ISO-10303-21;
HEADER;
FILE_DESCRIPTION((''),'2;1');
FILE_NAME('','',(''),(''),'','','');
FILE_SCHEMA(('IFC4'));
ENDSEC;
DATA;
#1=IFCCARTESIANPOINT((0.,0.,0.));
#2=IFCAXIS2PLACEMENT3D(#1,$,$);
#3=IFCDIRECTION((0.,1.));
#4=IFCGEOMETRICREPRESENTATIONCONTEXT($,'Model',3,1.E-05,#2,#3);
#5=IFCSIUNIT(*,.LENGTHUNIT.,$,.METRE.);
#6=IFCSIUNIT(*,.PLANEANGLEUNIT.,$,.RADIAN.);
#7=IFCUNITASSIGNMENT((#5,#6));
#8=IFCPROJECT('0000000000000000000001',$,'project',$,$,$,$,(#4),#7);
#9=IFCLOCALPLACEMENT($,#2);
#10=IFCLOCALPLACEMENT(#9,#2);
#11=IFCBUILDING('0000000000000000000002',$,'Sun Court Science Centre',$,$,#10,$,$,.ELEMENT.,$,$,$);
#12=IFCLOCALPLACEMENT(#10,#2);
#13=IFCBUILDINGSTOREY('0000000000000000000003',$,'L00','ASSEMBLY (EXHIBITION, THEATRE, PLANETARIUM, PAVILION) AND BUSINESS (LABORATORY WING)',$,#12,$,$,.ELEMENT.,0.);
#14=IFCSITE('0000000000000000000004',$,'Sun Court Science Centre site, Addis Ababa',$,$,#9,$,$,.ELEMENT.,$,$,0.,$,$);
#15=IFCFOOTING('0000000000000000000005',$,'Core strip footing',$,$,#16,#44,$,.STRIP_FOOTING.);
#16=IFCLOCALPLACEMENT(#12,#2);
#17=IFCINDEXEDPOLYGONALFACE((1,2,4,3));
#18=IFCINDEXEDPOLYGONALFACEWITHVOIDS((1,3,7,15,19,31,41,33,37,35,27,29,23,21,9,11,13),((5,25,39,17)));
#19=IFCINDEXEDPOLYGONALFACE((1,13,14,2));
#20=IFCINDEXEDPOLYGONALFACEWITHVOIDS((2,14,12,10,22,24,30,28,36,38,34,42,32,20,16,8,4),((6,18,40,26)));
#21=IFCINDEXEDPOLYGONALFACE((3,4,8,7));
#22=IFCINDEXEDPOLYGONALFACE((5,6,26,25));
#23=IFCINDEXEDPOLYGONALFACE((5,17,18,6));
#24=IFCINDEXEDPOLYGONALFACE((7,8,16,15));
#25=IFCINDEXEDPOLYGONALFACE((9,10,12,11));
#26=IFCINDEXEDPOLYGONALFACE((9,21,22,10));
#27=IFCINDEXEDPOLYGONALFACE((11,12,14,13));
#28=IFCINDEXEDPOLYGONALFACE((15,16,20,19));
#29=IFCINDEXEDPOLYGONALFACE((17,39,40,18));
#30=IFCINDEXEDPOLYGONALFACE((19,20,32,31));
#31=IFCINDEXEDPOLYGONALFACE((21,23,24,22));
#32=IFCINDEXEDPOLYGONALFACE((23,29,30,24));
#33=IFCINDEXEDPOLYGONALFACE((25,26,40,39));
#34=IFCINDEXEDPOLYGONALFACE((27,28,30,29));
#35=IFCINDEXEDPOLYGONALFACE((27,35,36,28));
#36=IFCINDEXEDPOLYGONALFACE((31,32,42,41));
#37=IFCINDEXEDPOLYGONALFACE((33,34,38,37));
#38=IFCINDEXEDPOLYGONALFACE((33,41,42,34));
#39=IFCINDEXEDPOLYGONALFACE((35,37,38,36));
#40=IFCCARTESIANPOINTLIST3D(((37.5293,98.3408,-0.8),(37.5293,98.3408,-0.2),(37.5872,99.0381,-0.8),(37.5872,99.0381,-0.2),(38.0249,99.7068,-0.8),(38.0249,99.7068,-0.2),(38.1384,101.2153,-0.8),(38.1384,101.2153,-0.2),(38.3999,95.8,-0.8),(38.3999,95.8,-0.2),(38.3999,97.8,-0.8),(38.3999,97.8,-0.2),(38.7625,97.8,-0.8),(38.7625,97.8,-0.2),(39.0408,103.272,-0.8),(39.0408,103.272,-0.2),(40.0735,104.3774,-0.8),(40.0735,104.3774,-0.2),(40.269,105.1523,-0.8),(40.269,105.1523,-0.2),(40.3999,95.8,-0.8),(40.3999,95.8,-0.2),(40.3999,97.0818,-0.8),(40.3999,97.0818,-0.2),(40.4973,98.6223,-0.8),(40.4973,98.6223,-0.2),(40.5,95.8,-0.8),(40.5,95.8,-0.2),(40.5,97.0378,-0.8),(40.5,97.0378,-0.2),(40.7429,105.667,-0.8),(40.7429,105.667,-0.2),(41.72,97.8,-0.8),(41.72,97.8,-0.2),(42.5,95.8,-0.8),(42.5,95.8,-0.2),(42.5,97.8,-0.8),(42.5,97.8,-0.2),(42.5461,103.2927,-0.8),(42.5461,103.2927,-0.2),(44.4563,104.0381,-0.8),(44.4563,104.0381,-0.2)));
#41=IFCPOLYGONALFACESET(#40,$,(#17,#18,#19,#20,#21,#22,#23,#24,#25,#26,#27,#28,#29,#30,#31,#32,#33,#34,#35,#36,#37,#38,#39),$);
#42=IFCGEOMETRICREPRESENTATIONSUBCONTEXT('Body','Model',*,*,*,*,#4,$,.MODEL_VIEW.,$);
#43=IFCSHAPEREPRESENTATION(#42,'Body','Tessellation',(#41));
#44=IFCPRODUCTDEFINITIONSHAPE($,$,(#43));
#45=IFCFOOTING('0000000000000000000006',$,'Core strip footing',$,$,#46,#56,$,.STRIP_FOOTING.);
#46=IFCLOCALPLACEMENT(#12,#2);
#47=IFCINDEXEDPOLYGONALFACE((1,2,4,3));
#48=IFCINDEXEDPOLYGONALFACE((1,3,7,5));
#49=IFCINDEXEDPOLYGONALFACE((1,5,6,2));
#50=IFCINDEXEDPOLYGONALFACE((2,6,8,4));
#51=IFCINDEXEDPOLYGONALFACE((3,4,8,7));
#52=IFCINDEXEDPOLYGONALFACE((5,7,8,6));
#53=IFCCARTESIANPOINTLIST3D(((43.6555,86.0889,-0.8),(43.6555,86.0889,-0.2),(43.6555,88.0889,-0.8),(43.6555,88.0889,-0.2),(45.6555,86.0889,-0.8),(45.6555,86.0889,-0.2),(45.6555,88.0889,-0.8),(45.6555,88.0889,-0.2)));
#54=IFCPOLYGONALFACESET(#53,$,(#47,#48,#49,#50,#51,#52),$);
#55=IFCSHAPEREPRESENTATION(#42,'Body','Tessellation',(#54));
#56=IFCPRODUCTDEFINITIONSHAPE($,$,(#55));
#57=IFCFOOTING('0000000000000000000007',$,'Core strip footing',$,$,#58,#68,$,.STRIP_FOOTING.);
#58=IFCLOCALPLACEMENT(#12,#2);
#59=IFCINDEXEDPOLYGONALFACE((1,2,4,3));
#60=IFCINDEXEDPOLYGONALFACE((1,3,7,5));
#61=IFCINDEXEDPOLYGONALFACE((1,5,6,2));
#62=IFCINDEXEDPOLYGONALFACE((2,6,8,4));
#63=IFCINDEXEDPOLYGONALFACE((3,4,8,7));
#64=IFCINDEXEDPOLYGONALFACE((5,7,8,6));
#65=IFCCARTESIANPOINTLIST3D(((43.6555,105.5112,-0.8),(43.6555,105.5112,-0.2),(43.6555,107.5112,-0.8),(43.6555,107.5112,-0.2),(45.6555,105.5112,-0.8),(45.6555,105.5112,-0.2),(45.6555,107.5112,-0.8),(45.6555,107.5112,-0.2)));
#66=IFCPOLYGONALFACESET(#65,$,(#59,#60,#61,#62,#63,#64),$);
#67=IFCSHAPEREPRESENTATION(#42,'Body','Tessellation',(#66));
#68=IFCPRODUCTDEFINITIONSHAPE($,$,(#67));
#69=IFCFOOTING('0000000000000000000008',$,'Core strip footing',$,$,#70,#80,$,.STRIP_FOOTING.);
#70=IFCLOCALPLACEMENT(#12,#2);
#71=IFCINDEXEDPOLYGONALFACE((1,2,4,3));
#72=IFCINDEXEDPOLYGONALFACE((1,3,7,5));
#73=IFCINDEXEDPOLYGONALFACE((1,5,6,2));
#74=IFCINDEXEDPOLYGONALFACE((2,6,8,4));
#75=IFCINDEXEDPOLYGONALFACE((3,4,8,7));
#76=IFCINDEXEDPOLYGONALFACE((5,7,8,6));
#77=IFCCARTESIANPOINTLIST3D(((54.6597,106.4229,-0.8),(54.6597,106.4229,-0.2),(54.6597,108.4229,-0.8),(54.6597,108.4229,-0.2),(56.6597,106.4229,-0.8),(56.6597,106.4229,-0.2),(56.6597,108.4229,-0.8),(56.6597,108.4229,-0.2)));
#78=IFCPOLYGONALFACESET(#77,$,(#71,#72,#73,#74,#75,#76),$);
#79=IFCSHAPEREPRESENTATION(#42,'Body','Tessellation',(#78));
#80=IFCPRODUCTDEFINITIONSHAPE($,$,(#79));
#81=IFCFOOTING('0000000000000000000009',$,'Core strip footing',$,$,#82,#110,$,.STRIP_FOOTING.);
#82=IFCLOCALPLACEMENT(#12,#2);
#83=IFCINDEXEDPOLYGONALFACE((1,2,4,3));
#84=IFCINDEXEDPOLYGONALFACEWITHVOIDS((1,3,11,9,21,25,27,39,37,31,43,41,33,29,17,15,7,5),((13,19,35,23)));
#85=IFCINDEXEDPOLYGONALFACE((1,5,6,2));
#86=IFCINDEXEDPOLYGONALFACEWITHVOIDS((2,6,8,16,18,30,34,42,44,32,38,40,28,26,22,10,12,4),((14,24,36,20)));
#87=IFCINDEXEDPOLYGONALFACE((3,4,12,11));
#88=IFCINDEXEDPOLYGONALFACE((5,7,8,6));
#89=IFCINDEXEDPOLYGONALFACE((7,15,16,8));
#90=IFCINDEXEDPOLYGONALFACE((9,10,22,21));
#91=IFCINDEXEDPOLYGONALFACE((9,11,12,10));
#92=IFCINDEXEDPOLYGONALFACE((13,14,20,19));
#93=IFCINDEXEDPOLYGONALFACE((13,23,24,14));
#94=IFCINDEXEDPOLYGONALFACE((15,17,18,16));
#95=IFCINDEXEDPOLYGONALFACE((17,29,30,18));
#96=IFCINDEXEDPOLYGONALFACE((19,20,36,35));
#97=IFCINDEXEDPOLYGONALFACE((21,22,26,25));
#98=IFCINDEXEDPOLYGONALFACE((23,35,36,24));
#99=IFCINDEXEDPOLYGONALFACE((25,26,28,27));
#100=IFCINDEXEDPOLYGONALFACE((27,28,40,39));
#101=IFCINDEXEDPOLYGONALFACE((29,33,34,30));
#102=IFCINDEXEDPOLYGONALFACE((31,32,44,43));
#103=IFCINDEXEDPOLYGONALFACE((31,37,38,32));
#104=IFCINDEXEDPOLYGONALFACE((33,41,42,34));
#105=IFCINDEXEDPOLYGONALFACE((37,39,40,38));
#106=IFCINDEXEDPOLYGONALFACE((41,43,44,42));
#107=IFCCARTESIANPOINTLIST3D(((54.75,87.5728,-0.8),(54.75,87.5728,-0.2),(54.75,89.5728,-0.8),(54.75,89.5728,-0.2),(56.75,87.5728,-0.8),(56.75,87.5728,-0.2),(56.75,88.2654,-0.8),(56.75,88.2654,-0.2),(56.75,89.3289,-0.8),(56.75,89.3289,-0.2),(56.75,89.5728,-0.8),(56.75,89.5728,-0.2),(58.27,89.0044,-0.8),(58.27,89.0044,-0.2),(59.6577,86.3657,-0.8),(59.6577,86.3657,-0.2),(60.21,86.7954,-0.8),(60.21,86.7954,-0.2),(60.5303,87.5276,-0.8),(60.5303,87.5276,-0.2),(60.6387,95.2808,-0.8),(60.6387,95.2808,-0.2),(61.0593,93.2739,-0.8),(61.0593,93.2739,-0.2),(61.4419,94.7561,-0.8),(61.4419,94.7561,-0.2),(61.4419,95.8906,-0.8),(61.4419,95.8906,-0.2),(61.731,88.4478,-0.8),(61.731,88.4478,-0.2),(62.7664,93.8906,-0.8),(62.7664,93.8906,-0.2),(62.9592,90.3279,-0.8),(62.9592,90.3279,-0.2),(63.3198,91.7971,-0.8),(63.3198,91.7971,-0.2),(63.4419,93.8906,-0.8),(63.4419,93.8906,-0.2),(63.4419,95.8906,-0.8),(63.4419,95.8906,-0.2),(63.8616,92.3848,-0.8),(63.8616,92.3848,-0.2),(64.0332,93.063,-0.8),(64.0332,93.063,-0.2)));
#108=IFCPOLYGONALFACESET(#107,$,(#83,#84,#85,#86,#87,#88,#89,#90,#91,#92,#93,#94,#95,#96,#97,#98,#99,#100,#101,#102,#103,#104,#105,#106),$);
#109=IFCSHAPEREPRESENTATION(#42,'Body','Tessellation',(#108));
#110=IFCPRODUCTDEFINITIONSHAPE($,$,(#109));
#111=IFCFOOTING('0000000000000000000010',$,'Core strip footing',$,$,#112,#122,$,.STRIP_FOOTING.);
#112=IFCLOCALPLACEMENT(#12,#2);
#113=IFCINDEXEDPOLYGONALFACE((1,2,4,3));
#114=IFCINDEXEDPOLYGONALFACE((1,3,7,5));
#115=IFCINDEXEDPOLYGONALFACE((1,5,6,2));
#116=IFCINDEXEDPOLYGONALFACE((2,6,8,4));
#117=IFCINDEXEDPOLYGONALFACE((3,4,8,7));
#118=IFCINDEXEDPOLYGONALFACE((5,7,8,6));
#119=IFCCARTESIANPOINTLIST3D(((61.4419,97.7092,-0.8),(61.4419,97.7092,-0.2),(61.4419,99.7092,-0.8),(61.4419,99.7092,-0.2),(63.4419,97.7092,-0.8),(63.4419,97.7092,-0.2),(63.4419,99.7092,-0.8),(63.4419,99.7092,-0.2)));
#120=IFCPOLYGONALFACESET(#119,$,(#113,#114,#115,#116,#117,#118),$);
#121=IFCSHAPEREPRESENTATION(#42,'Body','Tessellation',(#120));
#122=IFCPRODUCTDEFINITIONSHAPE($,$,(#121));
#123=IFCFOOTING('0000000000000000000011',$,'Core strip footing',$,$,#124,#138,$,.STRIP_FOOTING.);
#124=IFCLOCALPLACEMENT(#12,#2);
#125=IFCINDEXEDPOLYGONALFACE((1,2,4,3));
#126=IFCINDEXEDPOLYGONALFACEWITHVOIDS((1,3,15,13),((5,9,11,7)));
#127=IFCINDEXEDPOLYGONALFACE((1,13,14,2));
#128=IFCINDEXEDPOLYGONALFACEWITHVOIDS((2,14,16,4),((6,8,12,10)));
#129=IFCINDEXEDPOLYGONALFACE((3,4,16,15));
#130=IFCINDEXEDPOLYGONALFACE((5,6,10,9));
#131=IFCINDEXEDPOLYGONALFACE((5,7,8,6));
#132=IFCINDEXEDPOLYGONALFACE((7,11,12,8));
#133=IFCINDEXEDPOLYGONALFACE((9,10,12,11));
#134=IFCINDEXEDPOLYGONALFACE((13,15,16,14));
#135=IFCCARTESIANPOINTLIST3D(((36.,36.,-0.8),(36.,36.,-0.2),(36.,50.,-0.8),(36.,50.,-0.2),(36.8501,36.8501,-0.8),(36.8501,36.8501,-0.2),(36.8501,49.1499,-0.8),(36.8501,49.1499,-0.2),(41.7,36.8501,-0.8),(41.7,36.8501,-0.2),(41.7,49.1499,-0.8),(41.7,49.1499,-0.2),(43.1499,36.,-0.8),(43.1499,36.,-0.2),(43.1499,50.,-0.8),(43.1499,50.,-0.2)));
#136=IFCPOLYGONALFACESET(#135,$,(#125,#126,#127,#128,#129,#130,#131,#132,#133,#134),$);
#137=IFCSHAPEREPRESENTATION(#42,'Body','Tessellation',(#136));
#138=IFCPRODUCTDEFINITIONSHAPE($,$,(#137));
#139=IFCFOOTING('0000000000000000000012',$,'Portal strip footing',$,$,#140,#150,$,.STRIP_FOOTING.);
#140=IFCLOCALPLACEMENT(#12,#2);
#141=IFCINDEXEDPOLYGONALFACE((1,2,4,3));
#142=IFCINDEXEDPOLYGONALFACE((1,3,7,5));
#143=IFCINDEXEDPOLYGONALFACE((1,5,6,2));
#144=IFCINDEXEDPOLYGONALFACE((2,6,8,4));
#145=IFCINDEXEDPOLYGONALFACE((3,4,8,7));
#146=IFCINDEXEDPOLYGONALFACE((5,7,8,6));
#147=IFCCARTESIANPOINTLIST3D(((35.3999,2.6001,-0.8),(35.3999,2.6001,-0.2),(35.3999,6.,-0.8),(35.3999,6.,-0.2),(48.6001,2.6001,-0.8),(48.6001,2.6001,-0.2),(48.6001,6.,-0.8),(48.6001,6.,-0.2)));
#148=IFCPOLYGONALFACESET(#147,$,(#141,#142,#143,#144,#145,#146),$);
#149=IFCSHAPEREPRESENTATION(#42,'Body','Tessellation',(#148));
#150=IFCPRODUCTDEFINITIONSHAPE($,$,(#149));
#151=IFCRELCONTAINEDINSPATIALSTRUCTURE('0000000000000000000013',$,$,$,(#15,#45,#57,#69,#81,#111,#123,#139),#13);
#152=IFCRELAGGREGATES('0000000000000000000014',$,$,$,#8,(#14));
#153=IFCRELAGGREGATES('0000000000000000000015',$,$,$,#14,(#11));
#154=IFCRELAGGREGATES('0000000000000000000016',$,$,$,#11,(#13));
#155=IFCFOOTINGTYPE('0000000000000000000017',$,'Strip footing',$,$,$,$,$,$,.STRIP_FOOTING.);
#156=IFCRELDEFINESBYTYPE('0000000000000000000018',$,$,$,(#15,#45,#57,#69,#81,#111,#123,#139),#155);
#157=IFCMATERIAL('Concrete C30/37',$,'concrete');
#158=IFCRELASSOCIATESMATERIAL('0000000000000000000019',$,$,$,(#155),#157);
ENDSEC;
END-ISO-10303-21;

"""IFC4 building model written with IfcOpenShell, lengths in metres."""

from ifc_helpers import new_model, si_unit, direction, frame, origin, place, context, subcontext, project, spatial, polyline, outline, extrude, material, type_object, element, save


model = new_model("IFC4")

# Units and contexts
model_context = context("Model", 3, precision=1e-05, world=origin(), true_north=direction((0.0, 1.0)))
body_context = subcontext(model_context, "Body", "Model", "MODEL_VIEW")
ifc_project = project(units=[si_unit("LENGTHUNIT", "METRE"), si_unit("PLANEANGLEUNIT", "RADIAN")], contexts=[model_context])

# Site, building, storey
site_placement = place(None, origin())
site = spatial("IfcSite", under=ifc_project, at=site_placement, Name="Sun Court Science Centre site, Addis Ababa", CompositionType="ELEMENT", RefElevation=0.0)
building_placement = place(site_placement, origin())
building = spatial("IfcBuilding", under=site, at=building_placement, Name="Sun Court Science Centre", CompositionType="ELEMENT")
storey_placement = place(building_placement, origin())
storey = spatial("IfcBuildingStorey", under=building, at=storey_placement, Name="L00", Description="ASSEMBLY (EXHIBITION, THEATRE, PLANETARIUM, PAVILION) AND BUSINESS (LABORATORY WING)", CompositionType="ELEMENT", Elevation=0.0)

# Footings
ifc_material_1 = material(Name="Concrete C30/37", Category="concrete")
footing_type_1 = type_object("IfcFootingType", Name="Strip footing", PredefinedType="STRIP_FOOTING", material=ifc_material_1)
footing_1_placement = place(storey_placement, frame((0.0, 0.0, -0.8)))
element("IfcFooting", 1, at=footing_1_placement, inside=storey, type_object=footing_type_1, Name="Core strip footing", PredefinedType="STRIP_FOOTING", context=body_context, shape_type="SweptSolid", body=[
    extrude(outline(polyline([(38.3999, 95.8), (40.3999, 95.8), (40.3999, 97.0818), (40.5, 97.0378), (40.5, 95.8), (42.5, 95.8), (42.5, 97.8), (41.72, 97.8), (44.4563, 104.0381), (40.7429, 105.667), (40.269, 105.1523), (39.0408, 103.272), (38.1384, 101.2153), (37.5872, 99.0381), (37.5293, 98.3408), (38.7625, 97.8), (38.3999, 97.8), (38.3999, 95.8)]), holes=[polyline([(40.0735, 104.3774), (42.5461, 103.2927), (40.4973, 98.6223), (38.0249, 99.7068), (40.0735, 104.3774)])]), origin(), (0.0, 0.0, 1.0), 0.6001),
])
footing_2_placement = place(storey_placement, frame((0.0, 0.0, -0.8)))
element("IfcFooting", 2, at=footing_2_placement, inside=storey, type_object=footing_type_1, Name="Core strip footing", PredefinedType="STRIP_FOOTING", context=body_context, shape_type="SweptSolid", body=[
    extrude(outline(polyline([(45.6555, 86.0889), (45.6555, 88.0889), (43.6555, 88.0889), (43.6555, 86.0889), (45.6555, 86.0889)])), origin(), (0.0, 0.0, 1.0), 0.6001),
])
footing_3_placement = place(storey_placement, frame((0.0, 0.0, -0.8)))
element("IfcFooting", 3, at=footing_3_placement, inside=storey, type_object=footing_type_1, Name="Core strip footing", PredefinedType="STRIP_FOOTING", context=body_context, shape_type="SweptSolid", body=[
    extrude(outline(polyline([(43.6555, 105.5112), (45.6555, 105.5112), (45.6555, 107.5112), (43.6555, 107.5112), (43.6555, 105.5112)])), origin(), (0.0, 0.0, 1.0), 0.6001),
])
footing_4_placement = place(storey_placement, frame((0.0, 0.0, -0.8)))
element("IfcFooting", 4, at=footing_4_placement, inside=storey, type_object=footing_type_1, Name="Core strip footing", PredefinedType="STRIP_FOOTING", context=body_context, shape_type="SweptSolid", body=[
    extrude(outline(polyline([(54.6597, 106.4229), (56.6597, 106.4229), (56.6597, 108.4229), (54.6597, 108.4229), (54.6597, 106.4229)])), origin(), (0.0, 0.0, 1.0), 0.6001),
])
footing_5_placement = place(storey_placement, frame((0.0, 0.0, -0.8)))
element("IfcFooting", 5, at=footing_5_placement, inside=storey, type_object=footing_type_1, Name="Core strip footing", PredefinedType="STRIP_FOOTING", context=body_context, shape_type="SweptSolid", body=[
    extrude(outline(polyline([(56.75, 89.3289), (56.75, 89.5728), (54.75, 89.5728), (54.75, 87.5728), (56.75, 87.5728), (56.75, 88.2654), (59.6577, 86.3657), (60.21, 86.7954), (61.731, 88.4478), (62.9592, 90.3279), (63.8616, 92.3848), (64.0332, 93.063), (62.7664, 93.8906), (63.4419, 93.8906), (63.4419, 95.8906), (61.4419, 95.8906), (61.4419, 94.7561), (60.6387, 95.2808), (56.75, 89.3289)]), holes=[polyline([(60.5303, 87.5276), (58.27, 89.0044), (61.0593, 93.2739), (63.3198, 91.7971), (60.5303, 87.5276)])]), origin(), (0.0, 0.0, 1.0), 0.6001),
])
footing_6_placement = place(storey_placement, frame((0.0, 0.0, -0.8)))
element("IfcFooting", 6, at=footing_6_placement, inside=storey, type_object=footing_type_1, Name="Core strip footing", PredefinedType="STRIP_FOOTING", context=body_context, shape_type="SweptSolid", body=[
    extrude(outline(polyline([(63.4419, 97.7092), (63.4419, 99.7092), (61.4419, 99.7092), (61.4419, 97.7092), (63.4419, 97.7092)])), origin(), (0.0, 0.0, 1.0), 0.6001),
])
footing_7_placement = place(storey_placement, frame((0.0, 0.0, -0.8)))
element("IfcFooting", 7, at=footing_7_placement, inside=storey, type_object=footing_type_1, Name="Core strip footing", PredefinedType="STRIP_FOOTING", context=body_context, shape_type="SweptSolid", body=[
    extrude(outline(polyline([(43.1499, 36.0), (43.1499, 50.0), (36.0, 50.0), (36.0, 36.0), (43.1499, 36.0)]), holes=[polyline([(41.7, 49.1499), (41.7, 36.8501), (36.8501, 36.8501), (36.8501, 49.1499), (41.7, 49.1499)])]), origin(), (0.0, 0.0, 1.0), 0.6001),
])
footing_8_placement = place(storey_placement, frame((0.0, 0.0, -0.8)))
element("IfcFooting", 8, at=footing_8_placement, inside=storey, type_object=footing_type_1, Name="Portal strip footing", PredefinedType="STRIP_FOOTING", context=body_context, shape_type="SweptSolid", body=[
    extrude(outline(polyline([(48.6001, 2.6001), (48.6001, 6.0), (35.3999, 6.0), (35.3999, 2.6001), (48.6001, 2.6001)])), origin(), (0.0, 0.0, 1.0), 0.6001),
])

save(model, "model.ifc")
